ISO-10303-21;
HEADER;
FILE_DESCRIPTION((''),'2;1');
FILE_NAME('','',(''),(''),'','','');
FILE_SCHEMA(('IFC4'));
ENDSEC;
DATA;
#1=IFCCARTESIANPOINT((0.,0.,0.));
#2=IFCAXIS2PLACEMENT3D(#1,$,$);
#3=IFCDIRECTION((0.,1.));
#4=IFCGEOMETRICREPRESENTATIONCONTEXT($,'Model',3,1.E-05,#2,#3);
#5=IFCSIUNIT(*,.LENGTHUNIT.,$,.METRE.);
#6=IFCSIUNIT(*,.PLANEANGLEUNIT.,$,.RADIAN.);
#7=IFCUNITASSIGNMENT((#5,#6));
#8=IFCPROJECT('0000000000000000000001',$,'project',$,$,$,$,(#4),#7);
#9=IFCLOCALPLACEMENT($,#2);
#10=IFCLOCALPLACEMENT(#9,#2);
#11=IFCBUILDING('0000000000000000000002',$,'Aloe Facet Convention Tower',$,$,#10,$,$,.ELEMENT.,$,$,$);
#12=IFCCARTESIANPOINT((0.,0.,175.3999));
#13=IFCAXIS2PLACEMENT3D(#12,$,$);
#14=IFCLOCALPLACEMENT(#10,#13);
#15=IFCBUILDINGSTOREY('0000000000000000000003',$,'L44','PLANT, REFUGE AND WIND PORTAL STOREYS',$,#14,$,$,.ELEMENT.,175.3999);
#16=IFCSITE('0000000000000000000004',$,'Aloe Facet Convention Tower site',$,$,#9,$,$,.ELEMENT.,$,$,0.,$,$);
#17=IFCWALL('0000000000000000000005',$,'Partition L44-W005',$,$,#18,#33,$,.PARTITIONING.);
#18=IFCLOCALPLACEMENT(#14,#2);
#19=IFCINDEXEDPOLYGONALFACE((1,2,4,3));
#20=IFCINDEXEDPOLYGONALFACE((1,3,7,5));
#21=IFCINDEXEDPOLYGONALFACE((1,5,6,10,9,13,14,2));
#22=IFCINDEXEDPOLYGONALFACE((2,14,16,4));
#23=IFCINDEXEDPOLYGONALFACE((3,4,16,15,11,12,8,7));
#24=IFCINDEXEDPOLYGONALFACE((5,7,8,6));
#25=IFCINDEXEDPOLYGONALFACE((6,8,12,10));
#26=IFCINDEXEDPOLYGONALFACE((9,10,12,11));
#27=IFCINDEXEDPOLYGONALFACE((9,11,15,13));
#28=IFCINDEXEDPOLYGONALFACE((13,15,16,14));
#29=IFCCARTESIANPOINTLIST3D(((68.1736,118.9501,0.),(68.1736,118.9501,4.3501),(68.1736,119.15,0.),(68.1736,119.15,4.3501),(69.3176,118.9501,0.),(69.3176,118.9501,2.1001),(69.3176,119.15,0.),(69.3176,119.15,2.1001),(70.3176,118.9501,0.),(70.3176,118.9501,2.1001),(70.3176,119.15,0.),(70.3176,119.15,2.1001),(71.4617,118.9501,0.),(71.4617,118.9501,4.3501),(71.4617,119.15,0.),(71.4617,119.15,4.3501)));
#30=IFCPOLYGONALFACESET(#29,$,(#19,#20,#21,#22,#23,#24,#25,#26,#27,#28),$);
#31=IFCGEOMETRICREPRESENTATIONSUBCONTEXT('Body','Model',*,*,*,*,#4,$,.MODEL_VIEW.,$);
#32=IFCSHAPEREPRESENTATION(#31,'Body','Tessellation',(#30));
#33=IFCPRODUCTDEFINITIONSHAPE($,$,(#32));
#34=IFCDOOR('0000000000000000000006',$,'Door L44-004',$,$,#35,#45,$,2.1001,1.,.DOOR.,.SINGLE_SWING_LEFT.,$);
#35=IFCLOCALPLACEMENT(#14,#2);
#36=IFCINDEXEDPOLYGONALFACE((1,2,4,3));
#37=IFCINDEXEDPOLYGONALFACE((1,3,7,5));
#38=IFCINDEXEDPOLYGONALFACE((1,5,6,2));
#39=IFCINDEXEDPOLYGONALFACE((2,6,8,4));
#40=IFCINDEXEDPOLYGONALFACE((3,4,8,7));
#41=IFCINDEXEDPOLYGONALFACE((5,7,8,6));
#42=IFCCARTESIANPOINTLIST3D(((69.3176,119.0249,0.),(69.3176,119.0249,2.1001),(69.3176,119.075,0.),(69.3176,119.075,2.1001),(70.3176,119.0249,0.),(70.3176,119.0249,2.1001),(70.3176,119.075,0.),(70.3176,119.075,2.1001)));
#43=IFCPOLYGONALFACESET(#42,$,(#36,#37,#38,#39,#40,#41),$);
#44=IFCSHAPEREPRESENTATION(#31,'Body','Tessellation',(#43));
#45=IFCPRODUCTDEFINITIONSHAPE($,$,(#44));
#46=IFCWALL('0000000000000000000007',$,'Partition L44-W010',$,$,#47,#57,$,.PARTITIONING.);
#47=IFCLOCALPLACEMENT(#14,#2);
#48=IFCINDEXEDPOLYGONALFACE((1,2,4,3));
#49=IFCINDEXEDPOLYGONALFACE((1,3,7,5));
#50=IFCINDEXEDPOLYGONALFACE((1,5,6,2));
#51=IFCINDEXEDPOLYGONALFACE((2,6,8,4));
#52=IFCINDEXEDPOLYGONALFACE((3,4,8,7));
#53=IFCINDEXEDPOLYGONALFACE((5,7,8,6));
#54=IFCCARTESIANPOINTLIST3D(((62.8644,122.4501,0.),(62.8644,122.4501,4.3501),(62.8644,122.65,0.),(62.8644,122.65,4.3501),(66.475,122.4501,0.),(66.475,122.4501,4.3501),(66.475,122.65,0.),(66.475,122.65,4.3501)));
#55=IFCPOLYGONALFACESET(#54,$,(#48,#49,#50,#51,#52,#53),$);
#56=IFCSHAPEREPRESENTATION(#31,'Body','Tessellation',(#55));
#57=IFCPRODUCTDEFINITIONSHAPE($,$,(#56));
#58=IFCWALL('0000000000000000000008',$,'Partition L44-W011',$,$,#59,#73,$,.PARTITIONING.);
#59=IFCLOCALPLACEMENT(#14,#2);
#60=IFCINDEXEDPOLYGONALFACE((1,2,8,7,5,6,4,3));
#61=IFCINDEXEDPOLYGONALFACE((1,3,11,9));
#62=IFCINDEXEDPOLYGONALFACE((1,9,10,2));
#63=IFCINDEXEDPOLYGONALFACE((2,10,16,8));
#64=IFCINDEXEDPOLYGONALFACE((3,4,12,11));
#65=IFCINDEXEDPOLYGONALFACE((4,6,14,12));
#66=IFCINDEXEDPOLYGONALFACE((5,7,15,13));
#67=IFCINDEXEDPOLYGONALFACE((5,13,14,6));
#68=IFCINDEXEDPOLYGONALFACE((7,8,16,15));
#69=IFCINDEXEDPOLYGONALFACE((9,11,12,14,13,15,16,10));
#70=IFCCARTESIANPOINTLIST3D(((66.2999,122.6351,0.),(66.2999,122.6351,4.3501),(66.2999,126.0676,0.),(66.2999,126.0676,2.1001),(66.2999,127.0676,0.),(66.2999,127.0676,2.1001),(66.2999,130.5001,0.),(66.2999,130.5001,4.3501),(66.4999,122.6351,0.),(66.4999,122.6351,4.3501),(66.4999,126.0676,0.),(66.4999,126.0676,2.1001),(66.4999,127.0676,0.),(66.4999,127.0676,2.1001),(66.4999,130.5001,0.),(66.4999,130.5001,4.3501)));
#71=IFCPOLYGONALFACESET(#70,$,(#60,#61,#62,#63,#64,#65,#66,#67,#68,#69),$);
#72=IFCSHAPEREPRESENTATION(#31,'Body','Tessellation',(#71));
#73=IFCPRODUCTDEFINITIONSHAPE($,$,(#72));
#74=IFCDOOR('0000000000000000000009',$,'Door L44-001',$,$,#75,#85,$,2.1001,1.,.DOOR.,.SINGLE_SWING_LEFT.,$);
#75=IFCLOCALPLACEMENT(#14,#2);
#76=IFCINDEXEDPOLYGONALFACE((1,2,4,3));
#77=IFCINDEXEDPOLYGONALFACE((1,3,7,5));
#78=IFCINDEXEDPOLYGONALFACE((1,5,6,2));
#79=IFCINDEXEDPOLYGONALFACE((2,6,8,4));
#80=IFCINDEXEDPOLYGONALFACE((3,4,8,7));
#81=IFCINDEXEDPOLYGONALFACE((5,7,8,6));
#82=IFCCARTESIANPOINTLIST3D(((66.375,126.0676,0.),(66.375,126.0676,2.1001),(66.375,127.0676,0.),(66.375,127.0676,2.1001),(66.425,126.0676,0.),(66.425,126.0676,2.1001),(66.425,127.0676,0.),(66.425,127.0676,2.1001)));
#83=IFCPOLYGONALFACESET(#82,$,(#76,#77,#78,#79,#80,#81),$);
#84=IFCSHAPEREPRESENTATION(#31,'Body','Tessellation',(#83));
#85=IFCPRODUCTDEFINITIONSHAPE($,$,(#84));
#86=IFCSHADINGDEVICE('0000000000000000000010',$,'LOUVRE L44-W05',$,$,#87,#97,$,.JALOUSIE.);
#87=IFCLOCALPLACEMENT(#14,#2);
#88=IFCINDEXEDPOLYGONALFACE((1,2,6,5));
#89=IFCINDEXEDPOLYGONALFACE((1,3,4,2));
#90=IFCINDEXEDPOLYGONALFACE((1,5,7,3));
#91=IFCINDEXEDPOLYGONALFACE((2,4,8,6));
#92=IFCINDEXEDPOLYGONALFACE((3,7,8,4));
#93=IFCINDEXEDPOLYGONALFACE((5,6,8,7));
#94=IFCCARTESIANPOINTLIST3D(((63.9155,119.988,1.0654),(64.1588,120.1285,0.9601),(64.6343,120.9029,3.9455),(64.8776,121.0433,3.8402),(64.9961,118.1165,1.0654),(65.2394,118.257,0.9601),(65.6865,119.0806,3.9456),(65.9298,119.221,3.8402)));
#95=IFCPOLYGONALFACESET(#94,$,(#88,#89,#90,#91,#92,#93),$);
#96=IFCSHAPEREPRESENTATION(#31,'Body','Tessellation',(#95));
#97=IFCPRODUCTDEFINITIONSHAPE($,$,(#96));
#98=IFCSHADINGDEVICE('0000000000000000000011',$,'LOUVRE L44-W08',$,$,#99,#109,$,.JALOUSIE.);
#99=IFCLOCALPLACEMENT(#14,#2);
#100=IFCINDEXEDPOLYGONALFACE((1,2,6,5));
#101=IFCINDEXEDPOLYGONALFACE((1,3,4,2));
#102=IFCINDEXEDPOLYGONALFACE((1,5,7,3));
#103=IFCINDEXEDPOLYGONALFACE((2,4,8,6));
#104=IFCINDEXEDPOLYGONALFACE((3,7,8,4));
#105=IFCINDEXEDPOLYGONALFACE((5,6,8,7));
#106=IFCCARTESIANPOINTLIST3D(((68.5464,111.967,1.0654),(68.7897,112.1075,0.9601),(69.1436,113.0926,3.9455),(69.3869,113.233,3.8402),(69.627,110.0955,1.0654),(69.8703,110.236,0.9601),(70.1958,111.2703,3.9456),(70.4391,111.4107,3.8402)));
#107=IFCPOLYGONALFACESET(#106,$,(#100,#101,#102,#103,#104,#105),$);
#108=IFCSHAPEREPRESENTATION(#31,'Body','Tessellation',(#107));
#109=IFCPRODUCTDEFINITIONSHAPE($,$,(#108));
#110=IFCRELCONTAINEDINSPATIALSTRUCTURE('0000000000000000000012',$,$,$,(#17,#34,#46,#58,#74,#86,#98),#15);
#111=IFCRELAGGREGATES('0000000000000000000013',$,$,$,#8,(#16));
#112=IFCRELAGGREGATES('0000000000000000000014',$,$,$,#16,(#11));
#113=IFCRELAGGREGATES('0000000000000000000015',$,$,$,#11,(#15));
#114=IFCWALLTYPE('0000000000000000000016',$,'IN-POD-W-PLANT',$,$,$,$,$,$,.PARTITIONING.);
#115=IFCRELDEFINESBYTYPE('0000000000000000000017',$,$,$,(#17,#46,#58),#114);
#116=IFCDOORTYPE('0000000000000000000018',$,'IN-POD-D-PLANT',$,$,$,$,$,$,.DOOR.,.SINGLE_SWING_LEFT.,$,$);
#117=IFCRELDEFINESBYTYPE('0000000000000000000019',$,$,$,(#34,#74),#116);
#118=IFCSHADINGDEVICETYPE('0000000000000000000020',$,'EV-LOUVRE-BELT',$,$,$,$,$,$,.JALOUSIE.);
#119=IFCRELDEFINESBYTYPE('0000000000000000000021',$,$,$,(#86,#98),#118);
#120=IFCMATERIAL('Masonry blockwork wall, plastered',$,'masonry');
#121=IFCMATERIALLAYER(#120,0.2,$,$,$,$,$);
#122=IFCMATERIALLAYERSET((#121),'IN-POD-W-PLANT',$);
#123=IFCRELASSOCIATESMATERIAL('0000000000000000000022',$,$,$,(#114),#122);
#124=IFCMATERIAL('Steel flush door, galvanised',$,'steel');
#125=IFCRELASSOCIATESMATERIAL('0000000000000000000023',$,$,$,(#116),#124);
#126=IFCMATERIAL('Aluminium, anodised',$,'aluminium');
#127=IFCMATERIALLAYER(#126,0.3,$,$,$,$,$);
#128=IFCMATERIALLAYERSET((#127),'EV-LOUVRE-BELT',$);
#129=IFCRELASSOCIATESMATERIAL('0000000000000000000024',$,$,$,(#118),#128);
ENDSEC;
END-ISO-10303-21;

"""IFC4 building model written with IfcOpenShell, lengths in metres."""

from ifc_helpers import new_model, si_unit, direction, frame, frame_2d, origin, place, context, subcontext, project, spatial, polyline, rectangle, outline, extrude, material, layer, layer_set, type_object, element, fill, save


model = new_model("IFC4")

# Units and contexts
model_context = context("Model", 3, precision=1e-05, world=origin(), true_north=direction((0.0, 1.0)))
body_context = subcontext(model_context, "Body", "Model", "MODEL_VIEW")
ifc_project = project(units=[si_unit("LENGTHUNIT", "METRE"), si_unit("PLANEANGLEUNIT", "RADIAN")], contexts=[model_context])

# Site, building, storey
site_placement = place(None, origin())
site = spatial("IfcSite", under=ifc_project, at=site_placement, Name="Aloe Facet Convention Tower site", CompositionType="ELEMENT", RefElevation=0.0)
building_placement = place(site_placement, origin())
building = spatial("IfcBuilding", under=site, at=building_placement, Name="Aloe Facet Convention Tower", CompositionType="ELEMENT")
storey_placement = place(building_placement, frame((0.0, 0.0, 175.3999)))
storey = spatial("IfcBuildingStorey", under=building, at=storey_placement, Name="L44", Description="PLANT, REFUGE AND WIND PORTAL STOREYS", CompositionType="ELEMENT", Elevation=175.3999)

# Shared definitions
ifc_material_1 = material(Name="Masonry blockwork wall, plastered", Category="masonry")
ifc_layer_1 = layer(ifc_material_1, 0.2)
ifc_layer_set_1 = layer_set([ifc_layer_1], Name="IN-POD-W-PLANT")
wall_type = type_object("IfcWallType", Name="IN-POD-W-PLANT", PredefinedType="PARTITIONING", material=ifc_layer_set_1)

# Wall, opening, door
ifc_material_2 = material(Name="Steel flush door, galvanised", Category="steel")
door_type = type_object("IfcDoorType", Name="IN-POD-D-PLANT", OperationType="SINGLE_SWING_LEFT", PredefinedType="DOOR", material=ifc_material_2)
wall_1_placement = place(storey_placement, frame((68.1736, 119.05, 0.0), z_axis=(0.0, 0.0, 1.0), x_axis=(1.0, 0.0, 0.0)))
wall_1 = element("IfcWall", 1, at=wall_1_placement, inside=storey, type_object=wall_type, Name="Partition L44-W005", PredefinedType="PARTITIONING", context=body_context, shape_type="SweptSolid", body=[
    extrude(rectangle(XDim=3.2881, YDim=0.2, at=frame_2d((1.644, 0.0))), origin(), (0.0, 0.0, 1.0), 4.3501),
])
opening_1_placement = place(wall_1_placement, frame((1.144, 0.0, 0.0)))
opening_1 = element("IfcOpeningElement", 2, at=opening_1_placement, cuts=wall_1, PredefinedType="OPENING", context=body_context, shape_type="SweptSolid", body=[
    extrude(rectangle(XDim=1.0, YDim=2.1001, at=frame_2d((0.5, 1.05))), frame((0.0, 0.1099, 0.0), z_axis=(0.0, -1.0, 0.0), x_axis=(1.0, 0.0, 0.0)), (0.0, 0.0, 1.0), 0.22),
])
door_1_placement = place(opening_1_placement, origin())
door_1 = element("IfcDoor", 3, at=door_1_placement, inside=storey, type_object=door_type, Name="Door L44-004", OperationType="SINGLE_SWING_LEFT", OverallHeight=2.1001, OverallWidth=1.0, PredefinedType="DOOR", context=body_context, shape_type="SweptSolid", body=[
    extrude(rectangle(XDim=1.0, YDim=2.1001, at=frame_2d((0.5, 1.05))), frame((0.0, 0.0249, 0.0), z_axis=(0.0, -1.0, 0.0), x_axis=(1.0, 0.0, 0.0)), (0.0, 0.0, 1.0), 0.05),
])
fill(opening_1, door_1)

# Wall
wall_2_placement = place(storey_placement, frame((62.8645, 122.55, 0.0), z_axis=(0.0, 0.0, 1.0), x_axis=(1.0, 0.0, 0.0)))
element("IfcWall", 4, at=wall_2_placement, inside=storey, type_object=wall_type, Name="Partition L44-W010", PredefinedType="PARTITIONING", context=body_context, shape_type="SweptSolid", body=[
    extrude(rectangle(XDim=3.6106, YDim=0.2, at=frame_2d((1.8052, 0.0))), origin(), (0.0, 0.0, 1.0), 4.3501),
])

# Wall, opening, door
wall_3_placement = place(storey_placement, frame((66.3999, 122.635, 0.0), z_axis=(0.0, 0.0, 1.0), x_axis=(0.0, 1.0, 0.0)))
wall_3 = element("IfcWall", 5, at=wall_3_placement, inside=storey, type_object=wall_type, Name="Partition L44-W011", PredefinedType="PARTITIONING", context=body_context, shape_type="SweptSolid", body=[
    extrude(rectangle(XDim=7.865, YDim=0.2, at=frame_2d((3.9326, 0.0))), origin(), (0.0, 0.0, 1.0), 4.3501),
])
opening_2_placement = place(wall_3_placement, frame((3.4326, 0.0, 0.0)))
opening_2 = element("IfcOpeningElement", 6, at=opening_2_placement, cuts=wall_3, PredefinedType="OPENING", context=body_context, shape_type="SweptSolid", body=[
    extrude(rectangle(XDim=1.0, YDim=2.1001, at=frame_2d((0.5, 1.05))), frame((0.0, 0.1099, 0.0), z_axis=(0.0, -1.0, 0.0), x_axis=(1.0, 0.0, 0.0)), (0.0, 0.0, 1.0), 0.22),
])
door_2_placement = place(opening_2_placement, origin())
door_2 = element("IfcDoor", 7, at=door_2_placement, inside=storey, type_object=door_type, Name="Door L44-001", OperationType="SINGLE_SWING_LEFT", OverallHeight=2.1001, OverallWidth=1.0, PredefinedType="DOOR", context=body_context, shape_type="SweptSolid", body=[
    extrude(rectangle(XDim=1.0, YDim=2.1001, at=frame_2d((0.5, 1.05))), frame((0.0, 0.0249, 0.0), z_axis=(0.0, -1.0, 0.0), x_axis=(1.0, 0.0, 0.0)), (0.0, 0.0, 1.0), 0.05),
])
fill(opening_2, door_2)

# Shading devices
ifc_material_3 = material(Name="Aluminium, anodised", Category="aluminium")
ifc_layer_2 = layer(ifc_material_3, 0.3)
ifc_layer_set_2 = layer_set([ifc_layer_2], Name="EV-LOUVRE-BELT")
shading_device_type = type_object("IfcShadingDeviceType", Name="EV-LOUVRE-BELT", PredefinedType="JALOUSIE", material=ifc_layer_set_2)
shading_device_1_placement = place(storey_placement, frame((63.9155, 119.988, 1.0654), z_axis=(-0.810879, -0.468198, 0.351091), x_axis=(0.500026, -0.86601, -0.00001)))
element("IfcShadingDevice", 8, at=shading_device_1_placement, inside=storey, type_object=shading_device_type, Name="LOUVRE L44-W05", PredefinedType="JALOUSIE", context=body_context, shape_type="SweptSolid", body=[
    extrude(outline(polyline([(0.0, 0.0), (2.1611, 0.0), (1.6714, 3.076), (-0.4329, 3.0759), (0.0, 0.0)])), origin(), (0.0, 0.0, -1.0), 0.3),
])
shading_device_2_placement = place(storey_placement, frame((68.5464, 111.967, 1.0654), z_axis=(-0.810874, -0.468195, 0.351109), x_axis=(0.500026, -0.86601, -0.00001)))
element("IfcShadingDevice", 9, at=shading_device_2_placement, inside=storey, type_object=shading_device_type, Name="LOUVRE L44-W08", PredefinedType="JALOUSIE", context=body_context, shape_type="SweptSolid", body=[
    extrude(outline(polyline([(0.0, 0.0), (2.1611, 0.0), (1.4281, 3.076), (-0.6761, 3.0759), (0.0, 0.0)])), origin(), (0.0, 0.0, -1.0), 0.3),
])

save(model, "model.ifc")
